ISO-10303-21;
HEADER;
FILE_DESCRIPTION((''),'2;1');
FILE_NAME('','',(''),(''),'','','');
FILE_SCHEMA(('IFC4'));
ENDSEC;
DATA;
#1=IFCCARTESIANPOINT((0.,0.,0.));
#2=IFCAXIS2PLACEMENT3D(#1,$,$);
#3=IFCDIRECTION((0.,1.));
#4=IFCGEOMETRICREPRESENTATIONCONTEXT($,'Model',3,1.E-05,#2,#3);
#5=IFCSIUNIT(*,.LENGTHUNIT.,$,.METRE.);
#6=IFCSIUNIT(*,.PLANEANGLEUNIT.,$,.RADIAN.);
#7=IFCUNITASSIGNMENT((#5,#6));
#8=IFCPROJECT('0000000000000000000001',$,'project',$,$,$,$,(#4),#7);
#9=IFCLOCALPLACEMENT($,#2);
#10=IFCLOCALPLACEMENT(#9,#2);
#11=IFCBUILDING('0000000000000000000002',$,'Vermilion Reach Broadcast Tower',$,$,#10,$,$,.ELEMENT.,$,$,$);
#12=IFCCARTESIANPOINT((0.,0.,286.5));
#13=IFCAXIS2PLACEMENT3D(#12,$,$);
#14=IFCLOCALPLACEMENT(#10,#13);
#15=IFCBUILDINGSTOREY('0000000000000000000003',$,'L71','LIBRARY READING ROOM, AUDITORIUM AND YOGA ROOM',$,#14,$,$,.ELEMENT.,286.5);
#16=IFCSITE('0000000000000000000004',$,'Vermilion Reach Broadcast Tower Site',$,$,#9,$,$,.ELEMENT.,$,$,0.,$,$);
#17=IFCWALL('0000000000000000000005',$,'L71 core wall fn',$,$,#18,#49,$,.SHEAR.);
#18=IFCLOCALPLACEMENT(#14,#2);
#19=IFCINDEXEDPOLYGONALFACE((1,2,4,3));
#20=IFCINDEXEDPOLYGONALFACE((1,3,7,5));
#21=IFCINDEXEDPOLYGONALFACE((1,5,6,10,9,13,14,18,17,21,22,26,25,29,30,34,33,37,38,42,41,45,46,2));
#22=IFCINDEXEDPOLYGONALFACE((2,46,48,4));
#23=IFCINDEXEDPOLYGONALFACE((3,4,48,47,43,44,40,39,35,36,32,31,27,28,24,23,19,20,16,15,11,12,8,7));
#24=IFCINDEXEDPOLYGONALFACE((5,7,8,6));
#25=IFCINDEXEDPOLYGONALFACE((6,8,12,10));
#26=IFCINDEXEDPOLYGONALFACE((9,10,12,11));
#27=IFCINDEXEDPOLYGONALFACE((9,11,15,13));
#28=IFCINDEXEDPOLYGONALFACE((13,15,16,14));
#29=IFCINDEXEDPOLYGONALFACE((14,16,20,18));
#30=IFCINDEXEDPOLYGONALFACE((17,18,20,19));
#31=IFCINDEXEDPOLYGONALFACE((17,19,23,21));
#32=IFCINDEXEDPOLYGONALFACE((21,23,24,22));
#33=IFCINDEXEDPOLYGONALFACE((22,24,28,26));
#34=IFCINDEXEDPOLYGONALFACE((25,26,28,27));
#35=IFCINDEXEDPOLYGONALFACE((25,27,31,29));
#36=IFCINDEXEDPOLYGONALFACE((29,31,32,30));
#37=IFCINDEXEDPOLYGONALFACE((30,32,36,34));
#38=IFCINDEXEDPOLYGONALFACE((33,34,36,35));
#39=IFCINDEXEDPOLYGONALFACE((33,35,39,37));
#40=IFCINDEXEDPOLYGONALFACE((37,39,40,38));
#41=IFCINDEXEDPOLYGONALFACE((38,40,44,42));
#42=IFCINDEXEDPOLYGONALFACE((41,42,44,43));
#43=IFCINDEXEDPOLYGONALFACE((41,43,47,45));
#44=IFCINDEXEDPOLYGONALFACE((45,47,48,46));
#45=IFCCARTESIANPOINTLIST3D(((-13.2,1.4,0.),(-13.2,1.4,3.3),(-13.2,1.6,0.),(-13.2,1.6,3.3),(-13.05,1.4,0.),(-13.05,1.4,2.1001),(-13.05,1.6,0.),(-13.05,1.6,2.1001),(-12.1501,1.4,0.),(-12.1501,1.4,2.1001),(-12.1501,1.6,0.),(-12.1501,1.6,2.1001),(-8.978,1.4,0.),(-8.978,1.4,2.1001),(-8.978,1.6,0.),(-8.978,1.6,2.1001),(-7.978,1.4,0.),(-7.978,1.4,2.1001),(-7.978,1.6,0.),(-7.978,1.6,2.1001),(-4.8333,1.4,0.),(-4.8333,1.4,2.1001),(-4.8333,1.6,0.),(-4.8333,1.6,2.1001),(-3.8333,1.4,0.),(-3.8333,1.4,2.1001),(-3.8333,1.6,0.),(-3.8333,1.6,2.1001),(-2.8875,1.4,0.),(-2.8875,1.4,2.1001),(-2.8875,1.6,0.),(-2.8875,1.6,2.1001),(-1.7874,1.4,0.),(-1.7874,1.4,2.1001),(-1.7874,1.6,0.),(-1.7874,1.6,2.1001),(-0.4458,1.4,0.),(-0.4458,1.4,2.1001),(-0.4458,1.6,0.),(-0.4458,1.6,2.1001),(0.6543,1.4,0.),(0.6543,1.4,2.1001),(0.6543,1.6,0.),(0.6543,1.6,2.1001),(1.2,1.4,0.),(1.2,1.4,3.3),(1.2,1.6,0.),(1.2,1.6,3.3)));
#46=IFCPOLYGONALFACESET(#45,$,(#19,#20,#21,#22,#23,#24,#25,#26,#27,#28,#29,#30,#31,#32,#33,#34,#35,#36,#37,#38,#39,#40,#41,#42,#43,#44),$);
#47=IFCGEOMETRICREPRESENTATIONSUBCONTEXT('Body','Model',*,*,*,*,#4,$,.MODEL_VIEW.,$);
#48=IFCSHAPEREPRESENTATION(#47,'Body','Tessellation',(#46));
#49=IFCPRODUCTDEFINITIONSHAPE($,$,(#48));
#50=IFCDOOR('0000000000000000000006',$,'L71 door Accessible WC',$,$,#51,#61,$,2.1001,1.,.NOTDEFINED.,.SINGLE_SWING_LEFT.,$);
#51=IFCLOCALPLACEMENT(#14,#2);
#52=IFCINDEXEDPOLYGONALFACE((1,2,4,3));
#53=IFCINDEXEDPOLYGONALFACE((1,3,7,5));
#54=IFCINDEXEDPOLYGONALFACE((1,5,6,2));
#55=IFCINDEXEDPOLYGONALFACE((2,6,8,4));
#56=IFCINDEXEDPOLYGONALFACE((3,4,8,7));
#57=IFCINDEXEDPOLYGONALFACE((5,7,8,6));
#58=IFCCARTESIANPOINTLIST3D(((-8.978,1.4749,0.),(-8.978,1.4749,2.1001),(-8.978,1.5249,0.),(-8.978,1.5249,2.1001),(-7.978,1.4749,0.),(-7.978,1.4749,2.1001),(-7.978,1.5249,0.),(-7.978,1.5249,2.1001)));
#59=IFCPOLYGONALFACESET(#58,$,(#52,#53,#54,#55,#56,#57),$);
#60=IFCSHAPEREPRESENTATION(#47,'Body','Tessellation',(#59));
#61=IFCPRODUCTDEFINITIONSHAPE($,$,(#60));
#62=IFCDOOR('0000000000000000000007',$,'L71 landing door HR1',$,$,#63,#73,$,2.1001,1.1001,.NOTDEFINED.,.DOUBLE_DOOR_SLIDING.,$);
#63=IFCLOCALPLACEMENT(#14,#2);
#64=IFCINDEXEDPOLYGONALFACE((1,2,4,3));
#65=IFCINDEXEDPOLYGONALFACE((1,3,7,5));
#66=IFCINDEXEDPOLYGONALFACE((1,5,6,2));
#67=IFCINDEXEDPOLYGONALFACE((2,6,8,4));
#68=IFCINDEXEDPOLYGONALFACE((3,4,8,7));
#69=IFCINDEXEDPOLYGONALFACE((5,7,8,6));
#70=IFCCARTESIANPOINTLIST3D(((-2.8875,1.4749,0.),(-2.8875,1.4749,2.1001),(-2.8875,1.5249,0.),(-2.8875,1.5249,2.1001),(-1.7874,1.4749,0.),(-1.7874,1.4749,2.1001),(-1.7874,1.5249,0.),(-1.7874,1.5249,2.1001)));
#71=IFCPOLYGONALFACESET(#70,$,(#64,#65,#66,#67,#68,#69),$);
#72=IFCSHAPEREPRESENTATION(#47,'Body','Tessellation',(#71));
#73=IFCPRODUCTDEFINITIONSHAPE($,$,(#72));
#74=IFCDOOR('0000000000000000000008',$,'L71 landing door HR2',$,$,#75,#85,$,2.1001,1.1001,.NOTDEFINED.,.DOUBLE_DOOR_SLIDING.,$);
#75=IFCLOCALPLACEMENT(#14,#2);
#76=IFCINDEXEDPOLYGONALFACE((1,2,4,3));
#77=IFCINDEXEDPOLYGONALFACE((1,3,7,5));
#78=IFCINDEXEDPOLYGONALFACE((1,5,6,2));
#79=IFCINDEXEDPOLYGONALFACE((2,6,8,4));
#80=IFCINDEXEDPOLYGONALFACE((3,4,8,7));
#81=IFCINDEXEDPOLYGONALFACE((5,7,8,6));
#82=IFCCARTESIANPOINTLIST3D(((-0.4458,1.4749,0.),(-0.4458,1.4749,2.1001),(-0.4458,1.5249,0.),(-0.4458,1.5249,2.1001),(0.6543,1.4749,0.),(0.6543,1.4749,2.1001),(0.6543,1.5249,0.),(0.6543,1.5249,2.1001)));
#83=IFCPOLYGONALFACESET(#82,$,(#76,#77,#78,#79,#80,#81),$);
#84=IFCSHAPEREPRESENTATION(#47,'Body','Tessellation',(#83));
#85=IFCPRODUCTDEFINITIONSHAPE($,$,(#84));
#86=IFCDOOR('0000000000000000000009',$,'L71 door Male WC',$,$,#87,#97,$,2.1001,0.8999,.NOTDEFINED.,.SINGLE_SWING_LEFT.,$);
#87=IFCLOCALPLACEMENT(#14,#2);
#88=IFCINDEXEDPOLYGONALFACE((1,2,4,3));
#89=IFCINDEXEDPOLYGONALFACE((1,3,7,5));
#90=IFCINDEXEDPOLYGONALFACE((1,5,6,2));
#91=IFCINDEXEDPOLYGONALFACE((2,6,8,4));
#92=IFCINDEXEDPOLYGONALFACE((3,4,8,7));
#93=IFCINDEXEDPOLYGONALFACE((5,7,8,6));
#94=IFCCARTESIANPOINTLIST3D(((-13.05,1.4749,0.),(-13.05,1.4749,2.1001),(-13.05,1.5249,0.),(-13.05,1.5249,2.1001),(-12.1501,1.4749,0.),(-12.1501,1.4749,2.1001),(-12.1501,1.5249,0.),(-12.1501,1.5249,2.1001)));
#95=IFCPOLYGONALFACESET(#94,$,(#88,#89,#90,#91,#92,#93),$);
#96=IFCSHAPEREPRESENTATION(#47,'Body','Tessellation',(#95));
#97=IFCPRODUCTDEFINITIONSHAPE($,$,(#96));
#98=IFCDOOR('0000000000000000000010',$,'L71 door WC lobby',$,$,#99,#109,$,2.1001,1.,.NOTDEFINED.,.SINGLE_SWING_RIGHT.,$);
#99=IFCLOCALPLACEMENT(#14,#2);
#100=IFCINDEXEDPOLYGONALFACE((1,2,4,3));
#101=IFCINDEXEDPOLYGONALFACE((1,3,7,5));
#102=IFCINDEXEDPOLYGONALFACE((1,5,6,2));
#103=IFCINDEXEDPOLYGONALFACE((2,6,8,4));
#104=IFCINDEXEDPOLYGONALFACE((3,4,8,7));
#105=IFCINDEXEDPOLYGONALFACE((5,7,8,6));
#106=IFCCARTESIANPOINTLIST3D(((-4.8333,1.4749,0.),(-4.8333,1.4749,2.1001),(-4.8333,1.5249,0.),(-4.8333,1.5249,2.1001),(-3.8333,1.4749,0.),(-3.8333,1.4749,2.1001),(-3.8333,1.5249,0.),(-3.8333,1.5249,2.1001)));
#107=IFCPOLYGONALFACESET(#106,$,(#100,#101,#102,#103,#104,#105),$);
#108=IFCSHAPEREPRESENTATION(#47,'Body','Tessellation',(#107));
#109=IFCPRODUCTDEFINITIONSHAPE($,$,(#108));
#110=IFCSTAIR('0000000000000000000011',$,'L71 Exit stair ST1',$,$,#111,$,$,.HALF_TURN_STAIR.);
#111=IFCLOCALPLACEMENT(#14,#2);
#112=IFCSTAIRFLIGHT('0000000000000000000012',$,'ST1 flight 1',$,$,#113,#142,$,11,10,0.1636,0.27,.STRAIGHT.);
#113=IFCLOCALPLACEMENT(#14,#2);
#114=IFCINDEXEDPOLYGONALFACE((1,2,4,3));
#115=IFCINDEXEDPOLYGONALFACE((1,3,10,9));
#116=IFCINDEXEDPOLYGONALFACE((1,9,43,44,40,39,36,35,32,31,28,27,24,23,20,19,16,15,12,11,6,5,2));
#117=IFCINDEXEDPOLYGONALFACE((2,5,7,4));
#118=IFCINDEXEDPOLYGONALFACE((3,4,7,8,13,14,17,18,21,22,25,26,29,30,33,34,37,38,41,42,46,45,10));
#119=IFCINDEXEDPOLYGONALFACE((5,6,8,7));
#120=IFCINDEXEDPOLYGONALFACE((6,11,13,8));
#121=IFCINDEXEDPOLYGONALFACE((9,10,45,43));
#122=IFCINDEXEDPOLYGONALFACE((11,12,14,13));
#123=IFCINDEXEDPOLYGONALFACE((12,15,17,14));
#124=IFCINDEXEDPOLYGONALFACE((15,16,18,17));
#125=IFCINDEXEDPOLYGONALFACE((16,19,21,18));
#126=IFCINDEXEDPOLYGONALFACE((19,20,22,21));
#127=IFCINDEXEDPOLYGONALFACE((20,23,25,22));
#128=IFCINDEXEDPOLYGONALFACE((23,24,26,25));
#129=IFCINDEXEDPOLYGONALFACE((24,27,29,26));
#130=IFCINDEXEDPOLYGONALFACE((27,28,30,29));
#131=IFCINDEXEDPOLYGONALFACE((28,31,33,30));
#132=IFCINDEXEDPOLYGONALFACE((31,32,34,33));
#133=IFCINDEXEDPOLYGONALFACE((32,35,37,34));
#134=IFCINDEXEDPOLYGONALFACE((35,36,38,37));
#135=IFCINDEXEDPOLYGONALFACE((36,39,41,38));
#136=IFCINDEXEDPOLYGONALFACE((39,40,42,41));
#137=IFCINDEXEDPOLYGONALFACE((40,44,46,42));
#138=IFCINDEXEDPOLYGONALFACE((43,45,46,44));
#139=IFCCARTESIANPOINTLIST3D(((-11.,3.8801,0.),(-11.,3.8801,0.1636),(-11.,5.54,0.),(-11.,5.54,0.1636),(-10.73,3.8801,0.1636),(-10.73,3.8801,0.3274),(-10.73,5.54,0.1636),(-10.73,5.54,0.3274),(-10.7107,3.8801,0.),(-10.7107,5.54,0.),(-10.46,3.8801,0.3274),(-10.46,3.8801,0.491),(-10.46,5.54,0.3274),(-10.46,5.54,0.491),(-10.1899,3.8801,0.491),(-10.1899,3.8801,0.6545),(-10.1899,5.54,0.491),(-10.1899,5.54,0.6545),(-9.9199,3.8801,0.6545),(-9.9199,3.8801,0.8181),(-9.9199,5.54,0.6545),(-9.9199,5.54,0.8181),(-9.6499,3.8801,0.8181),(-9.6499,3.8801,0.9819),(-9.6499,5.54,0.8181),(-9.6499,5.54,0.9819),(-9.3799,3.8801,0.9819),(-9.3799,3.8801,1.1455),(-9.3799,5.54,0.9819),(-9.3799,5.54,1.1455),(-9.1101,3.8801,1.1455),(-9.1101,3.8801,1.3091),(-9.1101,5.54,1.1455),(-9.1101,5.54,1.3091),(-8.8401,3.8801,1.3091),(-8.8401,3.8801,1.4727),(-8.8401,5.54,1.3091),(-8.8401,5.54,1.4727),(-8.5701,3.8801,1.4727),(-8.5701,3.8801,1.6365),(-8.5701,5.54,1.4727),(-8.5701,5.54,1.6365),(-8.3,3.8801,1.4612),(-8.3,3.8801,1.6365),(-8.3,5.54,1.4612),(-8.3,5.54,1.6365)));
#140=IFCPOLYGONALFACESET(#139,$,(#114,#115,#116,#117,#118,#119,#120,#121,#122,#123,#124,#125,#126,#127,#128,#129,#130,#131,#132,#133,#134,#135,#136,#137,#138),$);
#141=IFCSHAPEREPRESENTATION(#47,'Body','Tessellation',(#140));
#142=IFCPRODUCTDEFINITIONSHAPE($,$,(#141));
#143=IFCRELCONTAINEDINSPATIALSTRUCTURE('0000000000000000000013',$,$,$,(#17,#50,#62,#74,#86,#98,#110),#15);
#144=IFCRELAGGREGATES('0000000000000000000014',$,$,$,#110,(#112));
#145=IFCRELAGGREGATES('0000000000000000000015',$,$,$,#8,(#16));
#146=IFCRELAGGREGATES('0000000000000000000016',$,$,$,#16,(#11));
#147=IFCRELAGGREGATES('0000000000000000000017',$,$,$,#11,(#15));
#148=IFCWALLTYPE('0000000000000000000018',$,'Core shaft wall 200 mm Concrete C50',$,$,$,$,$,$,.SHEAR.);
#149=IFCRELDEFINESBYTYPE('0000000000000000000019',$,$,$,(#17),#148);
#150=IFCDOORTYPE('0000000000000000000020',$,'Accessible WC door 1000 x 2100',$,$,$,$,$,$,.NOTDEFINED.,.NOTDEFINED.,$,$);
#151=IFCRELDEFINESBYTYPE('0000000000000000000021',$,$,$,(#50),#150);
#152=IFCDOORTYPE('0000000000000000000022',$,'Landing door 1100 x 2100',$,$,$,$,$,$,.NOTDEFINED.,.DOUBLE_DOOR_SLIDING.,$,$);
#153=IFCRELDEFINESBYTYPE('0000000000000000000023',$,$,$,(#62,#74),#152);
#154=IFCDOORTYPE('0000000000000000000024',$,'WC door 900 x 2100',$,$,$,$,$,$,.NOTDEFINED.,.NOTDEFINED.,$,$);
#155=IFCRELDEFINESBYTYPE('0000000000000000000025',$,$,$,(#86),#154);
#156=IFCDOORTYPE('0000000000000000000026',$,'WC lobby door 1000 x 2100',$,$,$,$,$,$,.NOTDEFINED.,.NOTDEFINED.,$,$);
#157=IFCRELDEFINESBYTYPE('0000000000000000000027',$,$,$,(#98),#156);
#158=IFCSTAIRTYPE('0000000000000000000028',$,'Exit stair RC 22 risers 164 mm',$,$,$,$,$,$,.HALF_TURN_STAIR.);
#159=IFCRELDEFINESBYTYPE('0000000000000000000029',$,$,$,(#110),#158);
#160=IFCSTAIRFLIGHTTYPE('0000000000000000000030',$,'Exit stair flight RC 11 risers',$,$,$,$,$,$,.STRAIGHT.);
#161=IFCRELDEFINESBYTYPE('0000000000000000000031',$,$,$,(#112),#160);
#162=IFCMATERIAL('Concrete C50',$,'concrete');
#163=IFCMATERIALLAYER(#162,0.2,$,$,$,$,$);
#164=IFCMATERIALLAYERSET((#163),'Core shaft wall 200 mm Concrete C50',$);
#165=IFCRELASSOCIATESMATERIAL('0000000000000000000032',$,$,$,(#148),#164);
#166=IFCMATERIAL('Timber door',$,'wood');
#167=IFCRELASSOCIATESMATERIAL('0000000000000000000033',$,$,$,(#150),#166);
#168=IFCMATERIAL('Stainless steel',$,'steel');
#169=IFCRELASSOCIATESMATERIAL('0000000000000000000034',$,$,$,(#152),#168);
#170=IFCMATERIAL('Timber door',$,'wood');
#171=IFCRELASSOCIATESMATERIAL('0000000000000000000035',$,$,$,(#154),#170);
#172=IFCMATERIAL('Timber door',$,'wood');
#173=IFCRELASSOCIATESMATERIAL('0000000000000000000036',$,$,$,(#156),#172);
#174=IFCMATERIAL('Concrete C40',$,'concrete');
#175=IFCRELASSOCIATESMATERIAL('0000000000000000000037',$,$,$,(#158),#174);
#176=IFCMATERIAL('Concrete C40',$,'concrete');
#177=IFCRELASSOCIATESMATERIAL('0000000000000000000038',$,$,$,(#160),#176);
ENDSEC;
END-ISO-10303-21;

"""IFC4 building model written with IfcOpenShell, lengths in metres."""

from ifc_helpers import new_model, si_unit, direction, frame, frame_2d, origin, place, context, subcontext, project, spatial, polyline, rectangle, outline, extrude, material, layer, layer_set, type_object, element, fill, aggregate, save


model = new_model("IFC4")

# Units and contexts
model_context = context("Model", 3, precision=1e-05, world=origin(), true_north=direction((0.0, 1.0)))
body_context = subcontext(model_context, "Body", "Model", "MODEL_VIEW")
ifc_project = project(units=[si_unit("LENGTHUNIT", "METRE"), si_unit("PLANEANGLEUNIT", "RADIAN")], contexts=[model_context])

# Site, building, storey
site_placement = place(None, origin())
site = spatial("IfcSite", under=ifc_project, at=site_placement, Name="Vermilion Reach Broadcast Tower Site", CompositionType="ELEMENT", RefElevation=0.0)
building_placement = place(site_placement, origin())
building = spatial("IfcBuilding", under=site, at=building_placement, Name="Vermilion Reach Broadcast Tower", CompositionType="ELEMENT")
storey_placement = place(building_placement, frame((0.0, 0.0, 286.5)))
storey = spatial("IfcBuildingStorey", under=building, at=storey_placement, Name="L71", Description="LIBRARY READING ROOM, AUDITORIUM AND YOGA ROOM", CompositionType="ELEMENT", Elevation=286.5)

# Wall, openings, doors
ifc_material_1 = material(Name="Concrete C50", Category="concrete")
ifc_layer_1 = layer(ifc_material_1, 0.2)
ifc_layer_set_1 = layer_set([ifc_layer_1], Name="Core shaft wall 200 mm Concrete C50")
wall_type_1 = type_object("IfcWallType", Name="Core shaft wall 200 mm Concrete C50", PredefinedType="SHEAR", material=ifc_layer_set_1)
wall_1_placement = place(storey_placement, frame((-13.2, 1.5, 0.0), z_axis=(0.0, 0.0, 1.0), x_axis=(1.0, 0.0, 0.0)))
wall_1 = element("IfcWall", 1, at=wall_1_placement, inside=storey, type_object=wall_type_1, Name="L71 core wall fn", PredefinedType="SHEAR", context=body_context, shape_type="SweptSolid", body=[
    extrude(rectangle(XDim=14.3999, YDim=0.2, at=frame_2d((7.2, 0.0))), origin(), (0.0, 0.0, 1.0), 3.3),
])
opening_1_placement = place(wall_1_placement, frame((10.3125, 0.0, 0.0)))
opening_1 = element("IfcOpeningElement", 2, at=opening_1_placement, cuts=wall_1, PredefinedType="OPENING", context=body_context, shape_type="SweptSolid", body=[
    extrude(rectangle(XDim=1.1001, YDim=2.1001, at=frame_2d((0.55, 1.05))), frame((0.0, 0.1099, 0.0), z_axis=(0.0, -1.0, 0.0), x_axis=(1.0, 0.0, 0.0)), (0.0, 0.0, 1.0), 0.22),
])
opening_2_placement = place(wall_1_placement, frame((12.7542, 0.0, 0.0)))
opening_2 = element("IfcOpeningElement", 3, at=opening_2_placement, cuts=wall_1, PredefinedType="OPENING", context=body_context, shape_type="SweptSolid", body=[
    extrude(rectangle(XDim=1.1001, YDim=2.1001, at=frame_2d((0.55, 1.05))), frame((0.0, 0.1099, 0.0), z_axis=(0.0, -1.0, 0.0), x_axis=(1.0, 0.0, 0.0)), (0.0, 0.0, 1.0), 0.22),
])
opening_3_placement = place(wall_1_placement, frame((0.1499, 0.0, 0.0)))
opening_3 = element("IfcOpeningElement", 4, at=opening_3_placement, cuts=wall_1, PredefinedType="OPENING", context=body_context, shape_type="SweptSolid", body=[
    extrude(rectangle(XDim=0.8999, YDim=2.1001, at=frame_2d((0.45, 1.05))), frame((0.0, 0.1099, 0.0), z_axis=(0.0, -1.0, 0.0), x_axis=(1.0, 0.0, 0.0)), (0.0, 0.0, 1.0), 0.22),
])
opening_4_placement = place(wall_1_placement, frame((4.2219, 0.0, 0.0)))
opening_4 = element("IfcOpeningElement", 5, at=opening_4_placement, cuts=wall_1, PredefinedType="OPENING", context=body_context, shape_type="SweptSolid", body=[
    extrude(rectangle(XDim=1.0, YDim=2.1001, at=frame_2d((0.5, 1.05))), frame((0.0, 0.1099, 0.0), z_axis=(0.0, -1.0, 0.0), x_axis=(1.0, 0.0, 0.0)), (0.0, 0.0, 1.0), 0.22),
])
opening_5_placement = place(wall_1_placement, frame((8.3667, 0.0, 0.0)))
opening_5 = element("IfcOpeningElement", 6, at=opening_5_placement, cuts=wall_1, PredefinedType="OPENING", context=body_context, shape_type="SweptSolid", body=[
    extrude(rectangle(XDim=1.0, YDim=2.1001, at=frame_2d((0.5, 1.05))), frame((0.0, 0.1099, 0.0), z_axis=(0.0, -1.0, 0.0), x_axis=(1.0, 0.0, 0.0)), (0.0, 0.0, 1.0), 0.22),
])
ifc_material_2 = material(Name="Timber door", Category="wood")
door_type_1 = type_object("IfcDoorType", Name="Accessible WC door 1000 x 2100", OperationType="NOTDEFINED", PredefinedType="NOTDEFINED", material=ifc_material_2)
door_1_placement = place(opening_4_placement, origin())
door_1 = element("IfcDoor", 7, at=door_1_placement, inside=storey, type_object=door_type_1, Name="L71 door Accessible WC", OperationType="SINGLE_SWING_LEFT", OverallHeight=2.1001, OverallWidth=1.0, PredefinedType="NOTDEFINED", context=body_context, shape_type="SweptSolid", body=[
    extrude(rectangle(XDim=1.0, YDim=2.1001, at=frame_2d((0.5, 1.05))), frame((0.0, 0.0249, 0.0), z_axis=(0.0, -1.0, 0.0), x_axis=(1.0, 0.0, 0.0)), (0.0, 0.0, 1.0), 0.05),
])
fill(opening_4, door_1)
ifc_material_3 = material(Name="Stainless steel", Category="steel")
door_type_2 = type_object("IfcDoorType", Name="Landing door 1100 x 2100", OperationType="DOUBLE_DOOR_SLIDING", PredefinedType="NOTDEFINED", material=ifc_material_3)
door_2_placement = place(opening_1_placement, origin())
door_2 = element("IfcDoor", 8, at=door_2_placement, inside=storey, type_object=door_type_2, Name="L71 landing door HR1", OperationType="DOUBLE_DOOR_SLIDING", OverallHeight=2.1001, OverallWidth=1.1001, PredefinedType="NOTDEFINED", context=body_context, shape_type="SweptSolid", body=[
    extrude(rectangle(XDim=1.1001, YDim=2.1001, at=frame_2d((0.55, 1.05))), frame((0.0, 0.0249, 0.0), z_axis=(0.0, -1.0, 0.0), x_axis=(1.0, 0.0, 0.0)), (0.0, 0.0, 1.0), 0.05),
])
fill(opening_1, door_2)
door_3_placement = place(opening_2_placement, origin())
door_3 = element("IfcDoor", 9, at=door_3_placement, inside=storey, type_object=door_type_2, Name="L71 landing door HR2", OperationType="DOUBLE_DOOR_SLIDING", OverallHeight=2.1001, OverallWidth=1.1001, PredefinedType="NOTDEFINED", context=body_context, shape_type="SweptSolid", body=[
    extrude(rectangle(XDim=1.1001, YDim=2.1001, at=frame_2d((0.55, 1.05))), frame((0.0, 0.0249, 0.0), z_axis=(0.0, -1.0, 0.0), x_axis=(1.0, 0.0, 0.0)), (0.0, 0.0, 1.0), 0.05),
])
fill(opening_2, door_3)
ifc_material_4 = material(Name="Timber door", Category="wood")
door_type_3 = type_object("IfcDoorType", Name="WC door 900 x 2100", OperationType="NOTDEFINED", PredefinedType="NOTDEFINED", material=ifc_material_4)
door_4_placement = place(opening_3_placement, origin())
door_4 = element("IfcDoor", 10, at=door_4_placement, inside=storey, type_object=door_type_3, Name="L71 door Male WC", OperationType="SINGLE_SWING_LEFT", OverallHeight=2.1001, OverallWidth=0.8999, PredefinedType="NOTDEFINED", context=body_context, shape_type="SweptSolid", body=[
    extrude(rectangle(XDim=0.8999, YDim=2.1001, at=frame_2d((0.45, 1.05))), frame((0.0, 0.0249, 0.0), z_axis=(0.0, -1.0, 0.0), x_axis=(1.0, 0.0, 0.0)), (0.0, 0.0, 1.0), 0.05),
])
fill(opening_3, door_4)
ifc_material_5 = material(Name="Timber door", Category="wood")
door_type_4 = type_object("IfcDoorType", Name="WC lobby door 1000 x 2100", OperationType="NOTDEFINED", PredefinedType="NOTDEFINED", material=ifc_material_5)
door_5_placement = place(opening_5_placement, origin())
door_5 = element("IfcDoor", 11, at=door_5_placement, inside=storey, type_object=door_type_4, Name="L71 door WC lobby", OperationType="SINGLE_SWING_RIGHT", OverallHeight=2.1001, OverallWidth=1.0, PredefinedType="NOTDEFINED", context=body_context, shape_type="SweptSolid", body=[
    extrude(rectangle(XDim=1.0, YDim=2.1001, at=frame_2d((0.5, 1.05))), frame((0.0, 0.0249, 0.0), z_axis=(0.0, -1.0, 0.0), x_axis=(1.0, 0.0, 0.0)), (0.0, 0.0, 1.0), 0.05),
])
fill(opening_5, door_5)

# Stair, stair flight
ifc_material_6 = material(Name="Concrete C40", Category="concrete")
stair_type = type_object("IfcStairType", Name="Exit stair RC 22 risers 164 mm", PredefinedType="HALF_TURN_STAIR", material=ifc_material_6)
stair_placement = place(storey_placement, origin())
stair = element("IfcStair", 12, at=stair_placement, inside=storey, type_object=stair_type, Name="L71 Exit stair ST1", PredefinedType="HALF_TURN_STAIR")
ifc_material_7 = material(Name="Concrete C40", Category="concrete")
stair_flight_type = type_object("IfcStairFlightType", Name="Exit stair flight RC 11 risers", PredefinedType="STRAIGHT", material=ifc_material_7)
stair_flight_1_placement = place(storey_placement, frame((-11.0, 4.71, 0.0), z_axis=(0.0, 0.0, 1.0), x_axis=(1.0, 0.0, 0.0)))
stair_flight_1 = element("IfcStairFlight", 13, at=stair_flight_1_placement, type_object=stair_flight_type, Name="ST1 flight 1", NumberOfRisers=11, NumberOfTreads=10, PredefinedType="STRAIGHT", RiserHeight=0.1636, TreadLength=0.27, context=body_context, shape_type="SweptSolid", body=[
    extrude(outline(polyline([(0.0, 0.0), (0.0, 0.1636), (0.27, 0.1636), (0.27, 0.3274), (0.54, 0.3274), (0.54, 0.491), (0.8101, 0.491), (0.8101, 0.6545), (1.0801, 0.6545), (1.0801, 0.8181), (1.3501, 0.8181), (1.3501, 0.9819), (1.6201, 0.9819), (1.6201, 1.1455), (1.8899, 1.1455), (1.8899, 1.3091), (2.1599, 1.3091), (2.1599, 1.4727), (2.4299, 1.4727), (2.4299, 1.6365), (2.7, 1.6365), (2.7, 1.8), (2.7, 1.4612), (0.2893, 0.0), (0.0, 0.0)])), frame((0.0, 0.8301, 0.0), z_axis=(0.0, -1.0, 0.0), x_axis=(1.0, 0.0, 0.0)), (0.0, 0.0, 1.0), 1.6599),
])
aggregate(stair, [stair_flight_1])

save(model, "model.ifc")
